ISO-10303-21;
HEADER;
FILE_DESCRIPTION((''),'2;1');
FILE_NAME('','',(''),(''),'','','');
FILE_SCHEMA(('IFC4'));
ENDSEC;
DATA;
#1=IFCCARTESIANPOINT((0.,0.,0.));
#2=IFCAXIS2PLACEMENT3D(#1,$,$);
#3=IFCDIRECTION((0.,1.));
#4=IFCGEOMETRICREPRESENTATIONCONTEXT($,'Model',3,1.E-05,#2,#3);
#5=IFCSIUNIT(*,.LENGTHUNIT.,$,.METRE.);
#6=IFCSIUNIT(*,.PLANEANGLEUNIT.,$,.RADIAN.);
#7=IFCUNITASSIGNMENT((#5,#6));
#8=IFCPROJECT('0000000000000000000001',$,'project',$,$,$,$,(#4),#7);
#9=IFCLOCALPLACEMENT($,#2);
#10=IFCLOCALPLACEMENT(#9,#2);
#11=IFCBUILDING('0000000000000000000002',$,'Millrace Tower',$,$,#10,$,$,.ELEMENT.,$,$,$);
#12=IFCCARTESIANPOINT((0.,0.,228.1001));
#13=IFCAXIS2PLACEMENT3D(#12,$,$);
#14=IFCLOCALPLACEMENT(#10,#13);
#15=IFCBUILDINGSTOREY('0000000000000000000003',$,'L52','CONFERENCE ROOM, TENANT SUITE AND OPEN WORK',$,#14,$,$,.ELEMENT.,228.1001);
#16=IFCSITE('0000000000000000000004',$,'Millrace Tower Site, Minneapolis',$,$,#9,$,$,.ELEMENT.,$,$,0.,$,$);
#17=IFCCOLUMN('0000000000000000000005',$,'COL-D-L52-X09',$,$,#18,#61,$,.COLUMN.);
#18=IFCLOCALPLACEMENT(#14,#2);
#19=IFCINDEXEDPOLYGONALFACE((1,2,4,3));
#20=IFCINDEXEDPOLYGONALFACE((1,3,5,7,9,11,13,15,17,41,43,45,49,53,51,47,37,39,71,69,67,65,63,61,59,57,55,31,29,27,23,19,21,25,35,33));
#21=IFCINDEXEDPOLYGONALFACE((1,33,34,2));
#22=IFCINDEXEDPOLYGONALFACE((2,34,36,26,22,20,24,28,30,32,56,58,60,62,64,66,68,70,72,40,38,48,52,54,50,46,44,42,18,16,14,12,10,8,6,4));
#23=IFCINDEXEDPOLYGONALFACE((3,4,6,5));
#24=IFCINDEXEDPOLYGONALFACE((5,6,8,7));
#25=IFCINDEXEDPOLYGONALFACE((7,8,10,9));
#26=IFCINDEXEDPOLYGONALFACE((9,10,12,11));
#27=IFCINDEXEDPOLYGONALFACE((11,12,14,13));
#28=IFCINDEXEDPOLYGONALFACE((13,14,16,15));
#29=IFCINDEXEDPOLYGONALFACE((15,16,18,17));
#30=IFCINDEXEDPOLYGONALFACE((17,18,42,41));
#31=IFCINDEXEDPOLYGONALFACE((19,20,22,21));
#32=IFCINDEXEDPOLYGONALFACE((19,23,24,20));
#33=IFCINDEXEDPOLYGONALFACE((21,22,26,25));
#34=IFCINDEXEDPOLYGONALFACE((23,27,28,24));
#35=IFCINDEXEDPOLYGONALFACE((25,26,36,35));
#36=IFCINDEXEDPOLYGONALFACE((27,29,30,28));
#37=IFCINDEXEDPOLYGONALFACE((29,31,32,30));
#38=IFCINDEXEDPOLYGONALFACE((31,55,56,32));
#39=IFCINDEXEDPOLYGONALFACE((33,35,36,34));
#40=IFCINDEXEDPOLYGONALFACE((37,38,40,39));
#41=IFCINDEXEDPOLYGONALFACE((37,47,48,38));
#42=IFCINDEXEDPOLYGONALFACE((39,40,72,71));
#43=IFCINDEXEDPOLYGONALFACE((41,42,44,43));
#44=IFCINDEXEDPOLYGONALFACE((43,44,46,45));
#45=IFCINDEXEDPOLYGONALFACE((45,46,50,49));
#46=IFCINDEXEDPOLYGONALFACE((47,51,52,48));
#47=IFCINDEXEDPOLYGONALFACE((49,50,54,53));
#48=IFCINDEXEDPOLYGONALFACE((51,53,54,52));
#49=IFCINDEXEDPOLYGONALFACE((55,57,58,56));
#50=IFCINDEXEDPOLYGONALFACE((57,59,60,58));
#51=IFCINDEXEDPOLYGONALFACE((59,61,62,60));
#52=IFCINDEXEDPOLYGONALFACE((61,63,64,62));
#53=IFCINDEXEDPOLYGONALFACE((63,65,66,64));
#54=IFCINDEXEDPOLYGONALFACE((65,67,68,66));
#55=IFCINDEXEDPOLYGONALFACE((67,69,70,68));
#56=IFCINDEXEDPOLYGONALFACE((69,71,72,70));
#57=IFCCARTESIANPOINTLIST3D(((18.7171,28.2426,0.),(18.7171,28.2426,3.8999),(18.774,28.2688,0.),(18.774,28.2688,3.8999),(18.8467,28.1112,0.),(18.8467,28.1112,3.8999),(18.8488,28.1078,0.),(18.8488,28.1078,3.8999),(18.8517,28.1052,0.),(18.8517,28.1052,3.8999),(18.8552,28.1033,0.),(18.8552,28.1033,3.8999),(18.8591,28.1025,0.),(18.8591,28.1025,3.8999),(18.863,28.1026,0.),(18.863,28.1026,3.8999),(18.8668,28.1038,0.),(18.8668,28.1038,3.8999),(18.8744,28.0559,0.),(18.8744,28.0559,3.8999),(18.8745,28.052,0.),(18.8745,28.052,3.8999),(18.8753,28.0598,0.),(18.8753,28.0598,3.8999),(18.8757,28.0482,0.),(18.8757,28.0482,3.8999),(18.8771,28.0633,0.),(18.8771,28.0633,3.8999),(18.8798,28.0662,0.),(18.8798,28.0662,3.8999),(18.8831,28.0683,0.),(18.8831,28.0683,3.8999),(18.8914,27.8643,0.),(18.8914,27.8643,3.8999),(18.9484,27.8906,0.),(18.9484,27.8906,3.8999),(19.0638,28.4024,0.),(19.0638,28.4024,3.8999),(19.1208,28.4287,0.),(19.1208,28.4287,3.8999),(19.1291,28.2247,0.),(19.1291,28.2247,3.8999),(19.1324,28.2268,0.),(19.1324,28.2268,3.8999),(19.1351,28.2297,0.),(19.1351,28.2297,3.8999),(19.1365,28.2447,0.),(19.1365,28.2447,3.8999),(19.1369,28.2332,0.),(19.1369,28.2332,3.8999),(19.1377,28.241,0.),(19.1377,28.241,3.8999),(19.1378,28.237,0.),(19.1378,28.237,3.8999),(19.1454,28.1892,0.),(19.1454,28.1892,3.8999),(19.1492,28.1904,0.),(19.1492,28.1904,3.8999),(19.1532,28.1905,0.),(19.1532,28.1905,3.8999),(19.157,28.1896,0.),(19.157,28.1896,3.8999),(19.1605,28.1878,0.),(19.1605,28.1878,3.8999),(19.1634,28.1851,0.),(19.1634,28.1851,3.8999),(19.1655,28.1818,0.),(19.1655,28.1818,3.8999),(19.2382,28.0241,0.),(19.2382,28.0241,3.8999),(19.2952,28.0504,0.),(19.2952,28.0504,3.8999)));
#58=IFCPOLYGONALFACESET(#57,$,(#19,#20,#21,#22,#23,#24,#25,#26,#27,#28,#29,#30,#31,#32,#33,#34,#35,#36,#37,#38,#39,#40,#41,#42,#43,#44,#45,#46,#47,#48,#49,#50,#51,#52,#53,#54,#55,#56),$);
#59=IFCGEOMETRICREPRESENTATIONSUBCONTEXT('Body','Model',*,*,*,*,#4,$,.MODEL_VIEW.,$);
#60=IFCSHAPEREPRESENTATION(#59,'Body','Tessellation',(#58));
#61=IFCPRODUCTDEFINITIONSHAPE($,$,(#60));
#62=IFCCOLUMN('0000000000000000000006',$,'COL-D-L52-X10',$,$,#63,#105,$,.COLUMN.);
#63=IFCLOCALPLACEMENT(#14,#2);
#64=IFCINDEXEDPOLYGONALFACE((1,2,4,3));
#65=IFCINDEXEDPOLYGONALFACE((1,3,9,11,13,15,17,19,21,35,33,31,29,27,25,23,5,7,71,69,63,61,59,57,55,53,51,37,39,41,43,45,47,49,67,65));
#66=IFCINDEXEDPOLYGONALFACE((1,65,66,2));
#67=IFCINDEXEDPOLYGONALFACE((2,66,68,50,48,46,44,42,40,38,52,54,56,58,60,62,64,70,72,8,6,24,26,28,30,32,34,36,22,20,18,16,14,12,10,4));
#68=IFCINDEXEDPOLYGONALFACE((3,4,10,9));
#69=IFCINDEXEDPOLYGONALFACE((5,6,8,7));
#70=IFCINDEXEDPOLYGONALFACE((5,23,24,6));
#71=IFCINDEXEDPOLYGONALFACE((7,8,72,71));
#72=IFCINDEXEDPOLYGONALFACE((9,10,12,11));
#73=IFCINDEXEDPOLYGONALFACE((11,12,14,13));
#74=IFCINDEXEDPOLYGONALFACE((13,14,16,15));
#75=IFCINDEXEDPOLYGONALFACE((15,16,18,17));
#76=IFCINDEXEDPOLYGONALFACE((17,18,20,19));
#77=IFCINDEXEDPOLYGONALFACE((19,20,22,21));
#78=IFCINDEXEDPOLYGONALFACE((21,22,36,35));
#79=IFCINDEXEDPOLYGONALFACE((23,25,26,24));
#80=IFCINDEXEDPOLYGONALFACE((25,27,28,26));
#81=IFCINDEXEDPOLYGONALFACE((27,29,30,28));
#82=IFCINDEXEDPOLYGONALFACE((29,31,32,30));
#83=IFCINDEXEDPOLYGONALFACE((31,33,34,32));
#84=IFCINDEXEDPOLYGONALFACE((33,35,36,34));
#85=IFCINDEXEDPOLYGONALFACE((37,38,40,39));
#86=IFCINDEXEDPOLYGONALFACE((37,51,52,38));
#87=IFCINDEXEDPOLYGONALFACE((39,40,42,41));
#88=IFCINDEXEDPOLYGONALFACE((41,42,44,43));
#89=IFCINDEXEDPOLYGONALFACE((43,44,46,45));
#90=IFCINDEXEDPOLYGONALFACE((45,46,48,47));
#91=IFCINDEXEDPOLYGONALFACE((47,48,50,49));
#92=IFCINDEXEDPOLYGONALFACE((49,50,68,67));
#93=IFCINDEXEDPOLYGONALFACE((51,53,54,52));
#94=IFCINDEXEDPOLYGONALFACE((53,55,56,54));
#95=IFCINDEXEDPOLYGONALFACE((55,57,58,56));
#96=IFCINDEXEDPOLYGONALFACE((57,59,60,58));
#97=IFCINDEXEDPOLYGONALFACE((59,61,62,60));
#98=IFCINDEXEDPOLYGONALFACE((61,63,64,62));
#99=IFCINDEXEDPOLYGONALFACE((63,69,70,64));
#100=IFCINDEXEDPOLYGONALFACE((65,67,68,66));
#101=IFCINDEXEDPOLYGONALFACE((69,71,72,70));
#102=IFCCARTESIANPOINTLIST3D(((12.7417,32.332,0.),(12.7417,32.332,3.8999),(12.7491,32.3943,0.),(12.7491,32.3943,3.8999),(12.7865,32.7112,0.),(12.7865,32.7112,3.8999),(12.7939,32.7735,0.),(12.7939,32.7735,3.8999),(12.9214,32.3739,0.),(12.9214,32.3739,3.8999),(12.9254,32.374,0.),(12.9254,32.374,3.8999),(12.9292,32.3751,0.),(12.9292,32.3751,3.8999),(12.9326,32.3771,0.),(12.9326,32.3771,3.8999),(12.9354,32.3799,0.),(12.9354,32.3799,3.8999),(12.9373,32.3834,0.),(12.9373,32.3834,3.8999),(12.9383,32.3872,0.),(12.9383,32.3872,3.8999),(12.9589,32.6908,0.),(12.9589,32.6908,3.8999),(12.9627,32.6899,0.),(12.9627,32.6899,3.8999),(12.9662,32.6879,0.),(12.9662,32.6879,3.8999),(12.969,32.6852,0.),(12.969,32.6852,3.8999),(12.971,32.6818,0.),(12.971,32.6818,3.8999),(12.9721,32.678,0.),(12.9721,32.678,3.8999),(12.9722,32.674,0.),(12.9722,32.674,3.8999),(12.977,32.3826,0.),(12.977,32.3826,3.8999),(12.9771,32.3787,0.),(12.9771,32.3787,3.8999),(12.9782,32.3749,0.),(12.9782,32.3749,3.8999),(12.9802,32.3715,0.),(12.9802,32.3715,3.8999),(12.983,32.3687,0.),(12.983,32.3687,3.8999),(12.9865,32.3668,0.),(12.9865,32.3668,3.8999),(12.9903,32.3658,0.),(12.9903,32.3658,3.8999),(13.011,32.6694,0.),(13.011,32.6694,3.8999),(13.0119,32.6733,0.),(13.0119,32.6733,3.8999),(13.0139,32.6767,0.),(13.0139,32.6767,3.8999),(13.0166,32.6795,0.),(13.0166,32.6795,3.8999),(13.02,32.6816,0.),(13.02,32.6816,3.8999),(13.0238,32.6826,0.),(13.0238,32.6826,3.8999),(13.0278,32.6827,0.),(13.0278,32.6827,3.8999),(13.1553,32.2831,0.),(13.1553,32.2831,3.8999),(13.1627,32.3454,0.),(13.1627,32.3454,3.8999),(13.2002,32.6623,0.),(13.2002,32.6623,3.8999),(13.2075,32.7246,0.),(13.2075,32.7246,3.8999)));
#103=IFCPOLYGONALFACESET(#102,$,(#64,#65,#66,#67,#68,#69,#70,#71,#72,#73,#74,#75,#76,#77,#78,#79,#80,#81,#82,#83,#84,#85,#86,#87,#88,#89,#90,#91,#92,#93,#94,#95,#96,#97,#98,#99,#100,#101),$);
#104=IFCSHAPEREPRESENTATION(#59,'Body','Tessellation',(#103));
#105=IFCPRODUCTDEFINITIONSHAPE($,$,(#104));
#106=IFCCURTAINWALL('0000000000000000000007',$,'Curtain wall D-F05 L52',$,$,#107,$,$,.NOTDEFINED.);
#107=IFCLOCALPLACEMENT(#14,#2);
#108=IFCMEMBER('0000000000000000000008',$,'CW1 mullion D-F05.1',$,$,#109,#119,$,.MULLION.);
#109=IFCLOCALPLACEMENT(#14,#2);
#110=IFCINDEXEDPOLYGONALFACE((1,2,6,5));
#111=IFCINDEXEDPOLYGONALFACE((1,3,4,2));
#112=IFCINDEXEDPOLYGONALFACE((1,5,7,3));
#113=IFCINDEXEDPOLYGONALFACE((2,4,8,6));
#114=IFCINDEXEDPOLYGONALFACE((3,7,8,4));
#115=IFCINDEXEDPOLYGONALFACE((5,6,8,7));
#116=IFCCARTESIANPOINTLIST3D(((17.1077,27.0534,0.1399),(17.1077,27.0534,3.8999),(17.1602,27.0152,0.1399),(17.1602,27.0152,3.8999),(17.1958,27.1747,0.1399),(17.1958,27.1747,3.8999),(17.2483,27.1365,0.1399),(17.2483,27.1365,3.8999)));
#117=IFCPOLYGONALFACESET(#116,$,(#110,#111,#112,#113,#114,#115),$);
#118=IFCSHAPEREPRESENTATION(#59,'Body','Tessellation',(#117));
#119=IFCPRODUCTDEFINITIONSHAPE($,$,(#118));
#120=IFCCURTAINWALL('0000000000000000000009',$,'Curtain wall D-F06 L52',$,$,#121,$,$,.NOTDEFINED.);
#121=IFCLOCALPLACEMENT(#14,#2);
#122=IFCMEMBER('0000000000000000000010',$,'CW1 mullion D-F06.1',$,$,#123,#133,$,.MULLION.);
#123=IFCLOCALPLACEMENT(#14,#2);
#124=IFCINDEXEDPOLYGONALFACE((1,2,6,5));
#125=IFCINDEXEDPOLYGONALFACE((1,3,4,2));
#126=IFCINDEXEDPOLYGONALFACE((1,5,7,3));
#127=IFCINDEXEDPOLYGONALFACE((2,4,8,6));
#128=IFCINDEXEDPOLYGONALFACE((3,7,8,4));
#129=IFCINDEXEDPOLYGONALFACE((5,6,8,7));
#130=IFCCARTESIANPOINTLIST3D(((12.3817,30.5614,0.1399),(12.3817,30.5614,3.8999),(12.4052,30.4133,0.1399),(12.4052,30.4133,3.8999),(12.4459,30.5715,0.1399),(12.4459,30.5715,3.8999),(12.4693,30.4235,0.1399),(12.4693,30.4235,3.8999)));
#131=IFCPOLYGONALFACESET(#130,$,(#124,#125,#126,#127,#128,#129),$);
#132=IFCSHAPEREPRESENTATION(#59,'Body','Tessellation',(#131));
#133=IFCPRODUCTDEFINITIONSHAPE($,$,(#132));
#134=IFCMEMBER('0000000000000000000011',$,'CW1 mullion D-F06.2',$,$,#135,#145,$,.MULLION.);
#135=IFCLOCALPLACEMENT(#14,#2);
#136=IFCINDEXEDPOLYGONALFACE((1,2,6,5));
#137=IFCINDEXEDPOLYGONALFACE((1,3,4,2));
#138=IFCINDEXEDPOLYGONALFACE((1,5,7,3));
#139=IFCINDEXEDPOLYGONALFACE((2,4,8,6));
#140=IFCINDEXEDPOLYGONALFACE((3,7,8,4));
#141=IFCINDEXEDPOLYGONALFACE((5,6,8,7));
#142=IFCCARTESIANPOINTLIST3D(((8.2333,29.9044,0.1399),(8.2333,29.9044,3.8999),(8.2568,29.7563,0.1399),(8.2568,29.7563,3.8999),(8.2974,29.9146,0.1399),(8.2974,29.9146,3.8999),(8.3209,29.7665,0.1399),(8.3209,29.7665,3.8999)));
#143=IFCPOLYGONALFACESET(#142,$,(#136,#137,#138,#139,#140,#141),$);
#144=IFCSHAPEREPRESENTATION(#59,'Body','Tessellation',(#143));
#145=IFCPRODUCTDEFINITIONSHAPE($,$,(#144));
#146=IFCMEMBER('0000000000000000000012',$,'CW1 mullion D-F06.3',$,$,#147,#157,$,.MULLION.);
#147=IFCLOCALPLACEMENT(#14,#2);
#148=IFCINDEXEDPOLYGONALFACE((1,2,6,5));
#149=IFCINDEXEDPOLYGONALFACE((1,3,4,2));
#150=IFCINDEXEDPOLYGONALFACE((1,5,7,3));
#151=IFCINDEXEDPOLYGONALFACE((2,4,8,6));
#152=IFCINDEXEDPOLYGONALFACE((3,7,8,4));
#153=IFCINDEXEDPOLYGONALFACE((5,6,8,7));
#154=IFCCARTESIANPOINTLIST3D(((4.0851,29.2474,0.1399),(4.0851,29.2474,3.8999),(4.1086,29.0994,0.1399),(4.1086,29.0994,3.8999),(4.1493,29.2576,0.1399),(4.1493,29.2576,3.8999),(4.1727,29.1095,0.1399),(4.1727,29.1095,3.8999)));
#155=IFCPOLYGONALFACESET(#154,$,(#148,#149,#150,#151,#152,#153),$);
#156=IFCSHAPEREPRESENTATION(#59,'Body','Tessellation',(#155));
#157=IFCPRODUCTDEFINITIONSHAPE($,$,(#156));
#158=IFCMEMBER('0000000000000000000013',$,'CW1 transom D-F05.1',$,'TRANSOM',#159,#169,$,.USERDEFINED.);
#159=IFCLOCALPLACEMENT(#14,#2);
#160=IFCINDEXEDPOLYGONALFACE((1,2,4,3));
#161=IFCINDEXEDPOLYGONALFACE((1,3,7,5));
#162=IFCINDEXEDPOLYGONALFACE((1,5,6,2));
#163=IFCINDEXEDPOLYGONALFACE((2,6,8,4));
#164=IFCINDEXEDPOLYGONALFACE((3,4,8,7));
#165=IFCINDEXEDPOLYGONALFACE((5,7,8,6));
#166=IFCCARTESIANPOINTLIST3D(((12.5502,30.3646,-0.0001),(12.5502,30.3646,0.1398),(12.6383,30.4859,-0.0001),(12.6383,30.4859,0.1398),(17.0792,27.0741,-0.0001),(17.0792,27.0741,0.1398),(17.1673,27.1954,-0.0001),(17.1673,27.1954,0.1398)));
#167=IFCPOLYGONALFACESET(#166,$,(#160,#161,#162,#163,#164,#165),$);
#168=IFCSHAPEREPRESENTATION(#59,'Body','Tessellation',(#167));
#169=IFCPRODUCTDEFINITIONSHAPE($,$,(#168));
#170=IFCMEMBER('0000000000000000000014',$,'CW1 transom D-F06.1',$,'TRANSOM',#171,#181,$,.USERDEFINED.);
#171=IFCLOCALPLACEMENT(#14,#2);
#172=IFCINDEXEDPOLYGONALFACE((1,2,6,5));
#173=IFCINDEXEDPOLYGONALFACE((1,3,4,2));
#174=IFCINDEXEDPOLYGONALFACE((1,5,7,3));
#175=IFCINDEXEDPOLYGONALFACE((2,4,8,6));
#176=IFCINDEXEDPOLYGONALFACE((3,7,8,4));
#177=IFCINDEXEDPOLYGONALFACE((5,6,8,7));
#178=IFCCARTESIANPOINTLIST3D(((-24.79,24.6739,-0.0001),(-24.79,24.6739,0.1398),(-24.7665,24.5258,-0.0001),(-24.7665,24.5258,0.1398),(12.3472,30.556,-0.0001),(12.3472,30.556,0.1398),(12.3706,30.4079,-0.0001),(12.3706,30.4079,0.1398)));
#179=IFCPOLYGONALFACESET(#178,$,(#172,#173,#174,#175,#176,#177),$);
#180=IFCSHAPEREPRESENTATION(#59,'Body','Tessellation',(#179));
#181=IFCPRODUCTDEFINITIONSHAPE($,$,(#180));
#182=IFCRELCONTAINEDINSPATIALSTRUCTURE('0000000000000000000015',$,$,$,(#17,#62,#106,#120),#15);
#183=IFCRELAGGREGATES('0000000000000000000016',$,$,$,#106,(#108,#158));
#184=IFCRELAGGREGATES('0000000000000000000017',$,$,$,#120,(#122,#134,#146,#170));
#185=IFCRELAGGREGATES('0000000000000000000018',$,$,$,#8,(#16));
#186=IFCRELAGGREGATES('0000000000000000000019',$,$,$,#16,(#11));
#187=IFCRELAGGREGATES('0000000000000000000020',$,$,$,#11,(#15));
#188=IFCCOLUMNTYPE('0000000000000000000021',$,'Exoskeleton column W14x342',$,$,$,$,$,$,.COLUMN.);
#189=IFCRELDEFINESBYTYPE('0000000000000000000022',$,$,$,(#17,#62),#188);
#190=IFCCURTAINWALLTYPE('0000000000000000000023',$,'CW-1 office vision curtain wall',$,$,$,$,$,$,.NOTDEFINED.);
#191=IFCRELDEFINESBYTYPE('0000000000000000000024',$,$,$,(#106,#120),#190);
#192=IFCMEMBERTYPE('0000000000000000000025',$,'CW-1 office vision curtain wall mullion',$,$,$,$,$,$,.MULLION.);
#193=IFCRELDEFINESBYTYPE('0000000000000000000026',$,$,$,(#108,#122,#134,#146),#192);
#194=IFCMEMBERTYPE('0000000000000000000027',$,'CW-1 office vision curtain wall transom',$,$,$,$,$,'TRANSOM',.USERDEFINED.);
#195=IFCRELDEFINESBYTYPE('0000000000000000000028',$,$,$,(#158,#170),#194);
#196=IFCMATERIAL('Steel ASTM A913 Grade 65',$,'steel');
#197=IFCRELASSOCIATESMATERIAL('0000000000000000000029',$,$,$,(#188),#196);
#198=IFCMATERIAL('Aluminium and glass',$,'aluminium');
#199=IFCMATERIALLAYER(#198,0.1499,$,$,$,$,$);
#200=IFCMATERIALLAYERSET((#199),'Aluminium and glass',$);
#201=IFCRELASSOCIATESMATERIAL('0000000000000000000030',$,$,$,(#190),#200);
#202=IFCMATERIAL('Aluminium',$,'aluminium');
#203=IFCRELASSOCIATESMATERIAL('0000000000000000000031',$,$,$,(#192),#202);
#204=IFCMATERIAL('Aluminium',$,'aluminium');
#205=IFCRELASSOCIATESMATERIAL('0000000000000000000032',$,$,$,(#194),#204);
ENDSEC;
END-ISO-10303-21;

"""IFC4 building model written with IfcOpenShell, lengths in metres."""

from ifc_helpers import new_model, si_unit, direction, frame, origin, origin_2d, place, context, subcontext, project, spatial, rectangle, i_section, extrude, material, layer, layer_set, material_profile, profile_set, type_object, element, aggregate, save


model = new_model("IFC4")

# Units and contexts
model_context = context("Model", 3, precision=1e-05, world=origin(), true_north=direction((0.0, 1.0)))
body_context = subcontext(model_context, "Body", "Model", "MODEL_VIEW")
ifc_project = project(units=[si_unit("LENGTHUNIT", "METRE"), si_unit("PLANEANGLEUNIT", "RADIAN")], contexts=[model_context])

# Site, building, storey
site_placement = place(None, origin())
site = spatial("IfcSite", under=ifc_project, at=site_placement, Name="Millrace Tower Site, Minneapolis", CompositionType="ELEMENT", RefElevation=0.0)
building_placement = place(site_placement, origin())
building = spatial("IfcBuilding", under=site, at=building_placement, Name="Millrace Tower", CompositionType="ELEMENT")
storey_placement = place(building_placement, frame((0.0, 0.0, 228.1001)))
storey = spatial("IfcBuildingStorey", under=building, at=storey_placement, Name="L52", Description="CONFERENCE ROOM, TENANT SUITE AND OPEN WORK", CompositionType="ELEMENT", Elevation=228.1001)

# Columns
ifc_material_1 = material(Name="Steel ASTM A913 Grade 65", Category="steel")
ifc_material_profile_1 = material_profile(ifc_material_1, i_section(OverallWidth=0.4165, OverallDepth=0.4446, WebThickness=0.0391, FlangeThickness=0.0627, FilletRadius=0.0151, at=origin_2d()))
ifc_profile_set_1 = profile_set([ifc_material_profile_1], Name="Steel ASTM A913 Grade 65")
column_type = type_object("IfcColumnType", Name="Exoskeleton column W14x342", PredefinedType="COLUMN", material=ifc_profile_set_1)
for number, where, z_axis, x_axis, name in (
    (1, (19.0061, 28.1465, 0.0), (0.0, 0.0, 1.0), (-0.418553, 0.908192, 0.0), "COL-D-L52-X09"),
    (2, (12.9746, 32.5283, 0.0), (0.0, 0.0, 1.0), (-0.993082, 0.117421, 0.0), "COL-D-L52-X10"),
):
    element("IfcColumn", number, at=place(storey_placement, frame(where, z_axis=z_axis, x_axis=x_axis)), inside=storey, type_object=column_type, Name=name, PredefinedType="COLUMN", context=body_context, shape_type="SweptSolid", body=[
        extrude(i_section(OverallWidth=0.4165, OverallDepth=0.4446, WebThickness=0.0391, FlangeThickness=0.0627, FilletRadius=0.0151, at=origin_2d()), origin(), (0.0, 0.0, 1.0), 3.8999),
    ])

# Curtain wall, member
ifc_material_2 = material(Name="Aluminium and glass", Category="aluminium")
ifc_layer_1 = layer(ifc_material_2, 0.1499)
ifc_layer_set_1 = layer_set([ifc_layer_1], Name="Aluminium and glass")
curtain_wall_type = type_object("IfcCurtainWallType", Name="CW-1 office vision curtain wall", PredefinedType="NOTDEFINED", material=ifc_layer_set_1)
placement = place(storey_placement, origin())
curtain_wall_1 = element("IfcCurtainWall", 3, at=placement, inside=storey, type_object=curtain_wall_type, Name="Curtain wall D-F05 L52", PredefinedType="NOTDEFINED")
ifc_material_3 = material(Name="Aluminium", Category="aluminium")
ifc_material_profile_2 = material_profile(ifc_material_3, rectangle(XDim=0.0649, YDim=0.1499, at=origin_2d()))
ifc_profile_set_2 = profile_set([ifc_material_profile_2], Name="Aluminium")
member_type_1 = type_object("IfcMemberType", Name="CW-1 office vision curtain wall mullion", PredefinedType="MULLION", material=ifc_profile_set_2)
member_1_placement = place(storey_placement, frame((17.178, 27.095, 0.1399), z_axis=(0.0, 0.0, 1.0), x_axis=(-0.809017, 0.587785, 0.0)))
member_1 = element("IfcMember", 4, at=member_1_placement, type_object=member_type_1, Name="CW1 mullion D-F05.1", PredefinedType="MULLION", context=body_context, shape_type="SweptSolid", body=[
    extrude(rectangle(XDim=0.0649, YDim=0.1499, at=origin_2d()), origin(), (0.0, 0.0, 1.0), 3.76),
])

# Curtain wall, members
curtain_wall_2 = element("IfcCurtainWall", 5, at=placement, inside=storey, type_object=curtain_wall_type, Name="Curtain wall D-F06 L52", PredefinedType="NOTDEFINED")
member_2_placement = place(storey_placement, frame((12.4255, 30.4924, 0.1399), z_axis=(0.0, 0.0, 1.0), x_axis=(-0.987688, -0.156434, 0.0)))
member_2 = element("IfcMember", 6, at=member_2_placement, type_object=member_type_1, Name="CW1 mullion D-F06.1", PredefinedType="MULLION", context=body_context, shape_type="SweptSolid", body=[
    extrude(rectangle(XDim=0.0649, YDim=0.1499, at=origin_2d()), origin(), (0.0, 0.0, 1.0), 3.76),
])
member_3_placement = place(storey_placement, frame((8.2771, 29.8354, 0.1399), z_axis=(0.0, 0.0, 1.0), x_axis=(-0.987688, -0.156434, 0.0)))
member_3 = element("IfcMember", 7, at=member_3_placement, type_object=member_type_1, Name="CW1 mullion D-F06.2", PredefinedType="MULLION", context=body_context, shape_type="SweptSolid", body=[
    extrude(rectangle(XDim=0.0649, YDim=0.1499, at=origin_2d()), origin(), (0.0, 0.0, 1.0), 3.76),
])
member_4_placement = place(storey_placement, frame((4.1289, 29.1785, 0.1399), z_axis=(0.0, 0.0, 1.0), x_axis=(-0.987688, -0.156434, 0.0)))
member_4 = element("IfcMember", 8, at=member_4_placement, type_object=member_type_1, Name="CW1 mullion D-F06.3", PredefinedType="MULLION", context=body_context, shape_type="SweptSolid", body=[
    extrude(rectangle(XDim=0.0649, YDim=0.1499, at=origin_2d()), origin(), (0.0, 0.0, 1.0), 3.76),
])

# Members
ifc_material_4 = material(Name="Aluminium", Category="aluminium")
ifc_material_profile_3 = material_profile(ifc_material_4, rectangle(XDim=0.1499, YDim=0.1399, at=origin_2d()))
ifc_profile_set_3 = profile_set([ifc_material_profile_3], Name="Aluminium")
member_type_2 = type_object("IfcMemberType", Name="CW-1 office vision curtain wall transom", ElementType="TRANSOM", PredefinedType="USERDEFINED", material=ifc_profile_set_3)
member_5_placement = place(storey_placement, frame((17.1233, 27.1348, 0.0698), z_axis=(-0.809019, 0.587783, 0.0), x_axis=(-0.587783, -0.809019, 0.0)))
member_5 = element("IfcMember", 9, at=member_5_placement, type_object=member_type_2, Name="CW1 transom D-F05.1", ObjectType="TRANSOM", PredefinedType="USERDEFINED", context=body_context, shape_type="SweptSolid", body=[
    extrude(rectangle(XDim=0.1499, YDim=0.1399, at=origin_2d()), origin(), (0.0, 0.0, 1.0), 5.5981),
])
aggregate(curtain_wall_1, [member_1, member_5])
member_6_placement = place(storey_placement, frame((12.3589, 30.4819, 0.0698), z_axis=(-0.987688, -0.156438, 0.0), x_axis=(0.156438, -0.987688, 0.0)))
member_6 = element("IfcMember", 10, at=member_6_placement, type_object=member_type_2, Name="CW1 transom D-F06.1", ObjectType="TRANSOM", PredefinedType="USERDEFINED", context=body_context, shape_type="SweptSolid", body=[
    extrude(rectangle(XDim=0.1499, YDim=0.1399, at=origin_2d()), origin(), (0.0, 0.0, 1.0), 37.6001),
])
aggregate(curtain_wall_2, [member_2, member_3, member_4, member_6])

save(model, "model.ifc")
